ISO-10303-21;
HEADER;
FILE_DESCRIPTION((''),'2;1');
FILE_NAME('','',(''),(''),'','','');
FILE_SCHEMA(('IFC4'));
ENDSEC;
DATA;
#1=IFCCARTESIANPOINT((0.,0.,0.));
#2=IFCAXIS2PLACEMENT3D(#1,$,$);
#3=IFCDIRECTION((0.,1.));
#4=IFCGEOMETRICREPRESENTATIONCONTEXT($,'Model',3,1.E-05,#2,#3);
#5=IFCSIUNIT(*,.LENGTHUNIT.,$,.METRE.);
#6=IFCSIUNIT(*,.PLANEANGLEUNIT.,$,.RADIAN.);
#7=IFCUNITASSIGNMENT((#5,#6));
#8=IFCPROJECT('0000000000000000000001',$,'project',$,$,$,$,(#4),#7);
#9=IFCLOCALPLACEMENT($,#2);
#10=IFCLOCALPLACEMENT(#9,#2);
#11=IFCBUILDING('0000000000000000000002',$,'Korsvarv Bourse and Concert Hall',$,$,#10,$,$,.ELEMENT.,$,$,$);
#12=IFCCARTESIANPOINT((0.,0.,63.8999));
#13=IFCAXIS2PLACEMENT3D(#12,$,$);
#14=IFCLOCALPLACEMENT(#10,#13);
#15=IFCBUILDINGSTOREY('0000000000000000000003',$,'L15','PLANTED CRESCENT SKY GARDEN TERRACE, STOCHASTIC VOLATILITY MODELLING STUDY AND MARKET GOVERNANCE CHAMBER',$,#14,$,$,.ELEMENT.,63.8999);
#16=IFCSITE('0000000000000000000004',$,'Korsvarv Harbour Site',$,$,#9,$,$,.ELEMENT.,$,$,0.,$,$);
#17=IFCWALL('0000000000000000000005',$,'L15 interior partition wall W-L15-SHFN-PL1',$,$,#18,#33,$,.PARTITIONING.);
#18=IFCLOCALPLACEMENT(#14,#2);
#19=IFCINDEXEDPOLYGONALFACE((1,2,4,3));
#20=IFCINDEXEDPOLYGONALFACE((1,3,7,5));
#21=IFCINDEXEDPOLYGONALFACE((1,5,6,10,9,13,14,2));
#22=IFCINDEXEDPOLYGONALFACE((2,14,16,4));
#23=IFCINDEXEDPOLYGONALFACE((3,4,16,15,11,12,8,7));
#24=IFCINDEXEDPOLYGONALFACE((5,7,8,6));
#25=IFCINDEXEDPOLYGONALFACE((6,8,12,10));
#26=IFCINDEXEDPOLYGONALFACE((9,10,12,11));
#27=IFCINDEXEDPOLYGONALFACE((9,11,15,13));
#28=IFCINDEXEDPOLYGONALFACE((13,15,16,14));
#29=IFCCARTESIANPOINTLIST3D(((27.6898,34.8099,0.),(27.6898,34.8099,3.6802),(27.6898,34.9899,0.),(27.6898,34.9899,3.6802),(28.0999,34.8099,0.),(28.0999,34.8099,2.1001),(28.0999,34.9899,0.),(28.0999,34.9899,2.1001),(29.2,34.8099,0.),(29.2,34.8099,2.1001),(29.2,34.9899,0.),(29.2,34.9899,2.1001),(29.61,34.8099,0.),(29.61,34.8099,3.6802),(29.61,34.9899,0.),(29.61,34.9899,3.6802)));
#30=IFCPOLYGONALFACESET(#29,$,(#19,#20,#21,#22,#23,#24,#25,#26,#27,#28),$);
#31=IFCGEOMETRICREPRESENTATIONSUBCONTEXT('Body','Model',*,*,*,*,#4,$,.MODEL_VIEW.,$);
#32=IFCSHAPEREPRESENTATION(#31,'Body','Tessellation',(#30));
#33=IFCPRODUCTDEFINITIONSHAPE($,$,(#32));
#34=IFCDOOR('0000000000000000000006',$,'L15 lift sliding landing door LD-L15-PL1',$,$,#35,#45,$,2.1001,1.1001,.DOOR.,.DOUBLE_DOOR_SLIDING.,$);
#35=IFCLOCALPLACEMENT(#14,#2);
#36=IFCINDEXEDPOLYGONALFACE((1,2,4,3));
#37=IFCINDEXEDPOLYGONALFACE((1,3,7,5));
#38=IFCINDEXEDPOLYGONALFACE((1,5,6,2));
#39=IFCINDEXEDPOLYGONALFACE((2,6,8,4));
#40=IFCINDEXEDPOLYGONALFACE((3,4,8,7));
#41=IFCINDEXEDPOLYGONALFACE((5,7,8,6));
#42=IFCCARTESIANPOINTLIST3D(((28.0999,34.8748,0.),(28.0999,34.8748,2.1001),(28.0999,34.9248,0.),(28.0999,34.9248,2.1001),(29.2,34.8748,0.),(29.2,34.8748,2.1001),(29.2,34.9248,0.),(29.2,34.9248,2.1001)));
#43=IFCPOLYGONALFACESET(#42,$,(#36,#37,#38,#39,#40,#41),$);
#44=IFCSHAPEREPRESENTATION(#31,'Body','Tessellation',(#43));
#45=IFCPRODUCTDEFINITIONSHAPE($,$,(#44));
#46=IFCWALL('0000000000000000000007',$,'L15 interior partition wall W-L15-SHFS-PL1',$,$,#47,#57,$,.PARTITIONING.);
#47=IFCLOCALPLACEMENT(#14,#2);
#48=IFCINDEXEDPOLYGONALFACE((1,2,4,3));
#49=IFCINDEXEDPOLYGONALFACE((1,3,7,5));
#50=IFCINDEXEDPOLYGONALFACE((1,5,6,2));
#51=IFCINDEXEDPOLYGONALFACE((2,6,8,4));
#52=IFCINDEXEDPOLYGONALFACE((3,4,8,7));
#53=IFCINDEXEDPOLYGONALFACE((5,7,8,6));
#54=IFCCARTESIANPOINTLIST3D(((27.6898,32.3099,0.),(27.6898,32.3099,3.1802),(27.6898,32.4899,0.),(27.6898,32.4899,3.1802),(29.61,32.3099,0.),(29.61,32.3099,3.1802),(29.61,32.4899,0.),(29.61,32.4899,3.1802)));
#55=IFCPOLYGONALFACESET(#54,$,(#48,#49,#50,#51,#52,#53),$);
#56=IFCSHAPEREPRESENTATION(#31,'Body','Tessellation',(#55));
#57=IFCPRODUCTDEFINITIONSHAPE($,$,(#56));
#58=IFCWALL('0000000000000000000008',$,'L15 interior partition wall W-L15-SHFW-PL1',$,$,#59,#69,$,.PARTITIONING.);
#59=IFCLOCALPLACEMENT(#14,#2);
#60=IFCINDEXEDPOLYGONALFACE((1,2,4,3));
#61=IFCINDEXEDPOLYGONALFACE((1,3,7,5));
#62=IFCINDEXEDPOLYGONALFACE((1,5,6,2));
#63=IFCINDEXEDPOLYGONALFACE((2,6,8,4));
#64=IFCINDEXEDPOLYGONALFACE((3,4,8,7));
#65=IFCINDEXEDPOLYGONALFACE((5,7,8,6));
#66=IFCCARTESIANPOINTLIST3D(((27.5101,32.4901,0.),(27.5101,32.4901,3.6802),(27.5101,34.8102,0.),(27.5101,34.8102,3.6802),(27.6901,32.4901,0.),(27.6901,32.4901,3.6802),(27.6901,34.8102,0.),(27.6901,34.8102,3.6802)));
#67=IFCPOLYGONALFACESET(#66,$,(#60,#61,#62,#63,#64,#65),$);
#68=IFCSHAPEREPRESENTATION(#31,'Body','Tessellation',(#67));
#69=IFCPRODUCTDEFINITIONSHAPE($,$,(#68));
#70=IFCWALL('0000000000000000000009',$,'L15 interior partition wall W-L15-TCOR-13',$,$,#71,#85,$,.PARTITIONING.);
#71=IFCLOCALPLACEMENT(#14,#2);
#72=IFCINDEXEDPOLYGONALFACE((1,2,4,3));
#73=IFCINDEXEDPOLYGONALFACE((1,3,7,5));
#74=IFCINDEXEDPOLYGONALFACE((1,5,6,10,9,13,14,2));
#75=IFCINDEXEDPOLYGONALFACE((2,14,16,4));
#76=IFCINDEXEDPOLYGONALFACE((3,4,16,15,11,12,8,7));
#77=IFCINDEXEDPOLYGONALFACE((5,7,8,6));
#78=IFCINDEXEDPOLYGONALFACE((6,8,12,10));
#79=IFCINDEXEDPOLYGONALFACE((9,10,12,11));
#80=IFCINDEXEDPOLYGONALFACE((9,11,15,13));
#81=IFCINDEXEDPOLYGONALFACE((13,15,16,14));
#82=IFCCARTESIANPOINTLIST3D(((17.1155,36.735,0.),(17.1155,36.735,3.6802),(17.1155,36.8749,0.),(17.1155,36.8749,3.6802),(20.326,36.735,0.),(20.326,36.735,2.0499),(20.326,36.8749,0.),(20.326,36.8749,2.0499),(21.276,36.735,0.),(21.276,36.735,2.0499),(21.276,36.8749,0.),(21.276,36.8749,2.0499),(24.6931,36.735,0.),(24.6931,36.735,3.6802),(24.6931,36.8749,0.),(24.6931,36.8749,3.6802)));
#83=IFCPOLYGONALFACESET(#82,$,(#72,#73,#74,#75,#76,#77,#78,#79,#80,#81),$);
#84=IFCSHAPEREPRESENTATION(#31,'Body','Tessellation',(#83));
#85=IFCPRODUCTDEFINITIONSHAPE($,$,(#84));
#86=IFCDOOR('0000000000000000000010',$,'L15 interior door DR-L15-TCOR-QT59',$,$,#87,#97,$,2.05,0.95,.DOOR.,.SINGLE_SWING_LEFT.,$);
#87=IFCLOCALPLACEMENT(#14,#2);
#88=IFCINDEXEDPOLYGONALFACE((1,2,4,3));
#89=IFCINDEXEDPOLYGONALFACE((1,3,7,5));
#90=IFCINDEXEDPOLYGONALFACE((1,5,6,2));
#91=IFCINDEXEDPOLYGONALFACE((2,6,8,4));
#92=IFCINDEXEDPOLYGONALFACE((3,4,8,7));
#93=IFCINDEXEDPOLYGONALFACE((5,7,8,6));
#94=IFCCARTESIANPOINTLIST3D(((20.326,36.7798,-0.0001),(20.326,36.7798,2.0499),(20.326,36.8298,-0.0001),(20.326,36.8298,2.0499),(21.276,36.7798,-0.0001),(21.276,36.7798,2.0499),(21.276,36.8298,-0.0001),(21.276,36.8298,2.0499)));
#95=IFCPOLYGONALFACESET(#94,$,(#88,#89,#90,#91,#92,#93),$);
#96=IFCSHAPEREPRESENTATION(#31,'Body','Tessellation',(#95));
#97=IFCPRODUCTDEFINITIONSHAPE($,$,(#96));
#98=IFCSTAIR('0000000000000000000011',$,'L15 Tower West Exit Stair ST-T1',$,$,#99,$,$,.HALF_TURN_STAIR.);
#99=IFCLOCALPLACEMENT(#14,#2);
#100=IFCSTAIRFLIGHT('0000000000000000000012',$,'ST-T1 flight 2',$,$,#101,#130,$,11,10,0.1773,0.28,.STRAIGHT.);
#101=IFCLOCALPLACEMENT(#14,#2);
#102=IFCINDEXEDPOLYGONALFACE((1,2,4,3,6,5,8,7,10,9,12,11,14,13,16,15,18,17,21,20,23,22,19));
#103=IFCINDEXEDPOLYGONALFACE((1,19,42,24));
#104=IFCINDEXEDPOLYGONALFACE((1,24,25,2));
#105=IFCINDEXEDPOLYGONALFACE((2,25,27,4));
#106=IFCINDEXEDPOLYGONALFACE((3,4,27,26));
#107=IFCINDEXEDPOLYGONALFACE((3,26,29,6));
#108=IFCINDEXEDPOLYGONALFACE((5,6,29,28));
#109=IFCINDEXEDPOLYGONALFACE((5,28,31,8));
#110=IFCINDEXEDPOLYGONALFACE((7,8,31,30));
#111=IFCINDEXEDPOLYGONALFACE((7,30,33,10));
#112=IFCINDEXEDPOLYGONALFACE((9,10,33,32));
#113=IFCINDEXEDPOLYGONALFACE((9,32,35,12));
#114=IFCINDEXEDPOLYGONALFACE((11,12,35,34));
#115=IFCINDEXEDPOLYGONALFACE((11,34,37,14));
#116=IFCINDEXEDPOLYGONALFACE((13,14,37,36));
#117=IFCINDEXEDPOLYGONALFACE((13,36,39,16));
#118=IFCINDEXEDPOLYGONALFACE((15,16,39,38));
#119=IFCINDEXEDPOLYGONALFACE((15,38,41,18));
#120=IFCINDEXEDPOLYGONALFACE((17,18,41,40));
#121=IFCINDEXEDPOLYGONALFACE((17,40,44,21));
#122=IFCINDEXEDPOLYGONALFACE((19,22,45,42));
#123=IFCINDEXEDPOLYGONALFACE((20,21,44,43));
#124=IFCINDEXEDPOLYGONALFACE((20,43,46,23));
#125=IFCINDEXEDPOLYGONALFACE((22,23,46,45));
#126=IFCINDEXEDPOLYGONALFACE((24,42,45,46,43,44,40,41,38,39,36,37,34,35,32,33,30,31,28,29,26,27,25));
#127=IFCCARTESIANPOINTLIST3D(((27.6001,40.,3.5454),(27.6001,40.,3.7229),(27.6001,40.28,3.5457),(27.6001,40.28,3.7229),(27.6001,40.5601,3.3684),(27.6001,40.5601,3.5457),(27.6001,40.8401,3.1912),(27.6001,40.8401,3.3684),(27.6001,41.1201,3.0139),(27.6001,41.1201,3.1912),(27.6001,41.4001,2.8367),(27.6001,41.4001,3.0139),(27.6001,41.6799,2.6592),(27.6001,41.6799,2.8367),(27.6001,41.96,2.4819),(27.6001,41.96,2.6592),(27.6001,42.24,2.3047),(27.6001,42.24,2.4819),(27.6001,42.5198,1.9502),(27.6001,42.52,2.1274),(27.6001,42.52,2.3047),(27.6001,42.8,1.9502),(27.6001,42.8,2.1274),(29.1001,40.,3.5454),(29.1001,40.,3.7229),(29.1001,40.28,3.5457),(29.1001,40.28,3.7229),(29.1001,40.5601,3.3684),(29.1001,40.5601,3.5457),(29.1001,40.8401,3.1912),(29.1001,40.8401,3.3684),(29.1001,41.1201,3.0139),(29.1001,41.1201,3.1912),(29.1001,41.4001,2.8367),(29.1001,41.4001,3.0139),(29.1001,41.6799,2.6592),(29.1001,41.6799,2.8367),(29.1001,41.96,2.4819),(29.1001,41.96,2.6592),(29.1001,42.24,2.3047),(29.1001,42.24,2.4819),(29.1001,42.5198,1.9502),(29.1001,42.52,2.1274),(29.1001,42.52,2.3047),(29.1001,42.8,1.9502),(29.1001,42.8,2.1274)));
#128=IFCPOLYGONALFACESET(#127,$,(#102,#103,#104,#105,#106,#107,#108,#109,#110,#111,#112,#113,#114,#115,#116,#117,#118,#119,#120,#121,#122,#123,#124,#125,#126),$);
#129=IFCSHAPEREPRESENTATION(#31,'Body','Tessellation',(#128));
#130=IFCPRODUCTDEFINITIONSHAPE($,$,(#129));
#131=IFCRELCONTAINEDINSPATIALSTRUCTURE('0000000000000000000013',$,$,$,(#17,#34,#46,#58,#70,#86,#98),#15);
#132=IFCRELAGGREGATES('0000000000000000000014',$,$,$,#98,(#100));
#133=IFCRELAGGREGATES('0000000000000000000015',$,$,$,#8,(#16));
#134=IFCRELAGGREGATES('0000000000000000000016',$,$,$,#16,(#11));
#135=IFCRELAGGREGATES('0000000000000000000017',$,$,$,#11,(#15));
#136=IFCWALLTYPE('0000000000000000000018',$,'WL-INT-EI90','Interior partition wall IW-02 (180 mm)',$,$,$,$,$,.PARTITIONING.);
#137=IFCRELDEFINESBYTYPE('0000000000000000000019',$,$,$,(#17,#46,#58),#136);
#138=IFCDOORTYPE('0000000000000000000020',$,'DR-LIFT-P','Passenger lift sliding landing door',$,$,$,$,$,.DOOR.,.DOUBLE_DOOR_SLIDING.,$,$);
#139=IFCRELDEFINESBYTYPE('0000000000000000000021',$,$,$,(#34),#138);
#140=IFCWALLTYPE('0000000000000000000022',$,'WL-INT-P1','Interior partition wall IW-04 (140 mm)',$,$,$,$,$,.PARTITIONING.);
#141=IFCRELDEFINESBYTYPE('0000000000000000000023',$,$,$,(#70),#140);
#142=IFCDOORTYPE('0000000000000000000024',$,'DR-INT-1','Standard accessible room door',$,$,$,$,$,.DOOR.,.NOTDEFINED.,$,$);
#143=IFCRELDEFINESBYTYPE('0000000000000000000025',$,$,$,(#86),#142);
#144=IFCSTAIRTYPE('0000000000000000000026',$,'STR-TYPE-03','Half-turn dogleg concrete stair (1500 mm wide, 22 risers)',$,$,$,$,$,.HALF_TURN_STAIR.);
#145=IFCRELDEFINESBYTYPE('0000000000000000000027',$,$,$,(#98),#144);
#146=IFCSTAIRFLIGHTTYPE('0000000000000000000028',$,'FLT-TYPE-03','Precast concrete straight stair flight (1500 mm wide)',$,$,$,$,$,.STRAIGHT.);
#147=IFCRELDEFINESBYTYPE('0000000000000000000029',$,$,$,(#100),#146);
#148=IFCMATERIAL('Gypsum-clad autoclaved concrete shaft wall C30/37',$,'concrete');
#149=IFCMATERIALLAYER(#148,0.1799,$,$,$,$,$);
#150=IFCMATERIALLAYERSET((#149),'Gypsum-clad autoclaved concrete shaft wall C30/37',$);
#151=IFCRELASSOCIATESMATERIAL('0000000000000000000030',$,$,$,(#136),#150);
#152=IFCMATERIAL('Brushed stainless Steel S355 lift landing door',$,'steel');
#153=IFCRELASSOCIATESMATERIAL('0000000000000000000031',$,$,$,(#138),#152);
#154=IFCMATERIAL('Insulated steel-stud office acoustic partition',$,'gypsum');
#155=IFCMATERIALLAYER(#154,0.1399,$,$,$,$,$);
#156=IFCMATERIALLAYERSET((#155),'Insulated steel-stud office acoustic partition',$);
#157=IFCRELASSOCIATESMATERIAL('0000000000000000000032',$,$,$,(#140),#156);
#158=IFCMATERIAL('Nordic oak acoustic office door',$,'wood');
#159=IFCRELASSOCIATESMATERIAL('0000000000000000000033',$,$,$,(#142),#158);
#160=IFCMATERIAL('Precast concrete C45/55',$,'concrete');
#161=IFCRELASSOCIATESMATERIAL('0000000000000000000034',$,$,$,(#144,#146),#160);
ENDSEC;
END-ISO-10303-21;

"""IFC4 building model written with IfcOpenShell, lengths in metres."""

from ifc_helpers import new_model, si_unit, direction, frame, frame_2d, origin, place, context, subcontext, project, spatial, polyline, rectangle, outline, extrude, material, layer, layer_set, type_object, element, fill, aggregate, save


model = new_model("IFC4")

# Units and contexts
model_context = context("Model", 3, precision=1e-05, world=origin(), true_north=direction((0.0, 1.0)))
body_context = subcontext(model_context, "Body", "Model", "MODEL_VIEW")
ifc_project = project(units=[si_unit("LENGTHUNIT", "METRE"), si_unit("PLANEANGLEUNIT", "RADIAN")], contexts=[model_context])

# Site, building, storey
site_placement = place(None, origin())
site = spatial("IfcSite", under=ifc_project, at=site_placement, Name="Korsvarv Harbour Site", CompositionType="ELEMENT", RefElevation=0.0)
building_placement = place(site_placement, origin())
building = spatial("IfcBuilding", under=site, at=building_placement, Name="Korsvarv Bourse and Concert Hall", CompositionType="ELEMENT")
storey_placement = place(building_placement, frame((0.0, 0.0, 63.8999)))
storey = spatial("IfcBuildingStorey", under=building, at=storey_placement, Name="L15", Description="PLANTED CRESCENT SKY GARDEN TERRACE, STOCHASTIC VOLATILITY MODELLING STUDY AND MARKET GOVERNANCE CHAMBER", CompositionType="ELEMENT", Elevation=63.8999)

# Wall, opening, door
ifc_material_1 = material(Name="Gypsum-clad autoclaved concrete shaft wall C30/37", Category="concrete")
ifc_layer_1 = layer(ifc_material_1, 0.1799)
ifc_layer_set_1 = layer_set([ifc_layer_1], Name="Gypsum-clad autoclaved concrete shaft wall C30/37")
wall_type_1 = type_object("IfcWallType", Name="WL-INT-EI90", Description="Interior partition wall IW-02 (180 mm)", PredefinedType="PARTITIONING", material=ifc_layer_set_1)
wall_1_placement = place(storey_placement, frame((27.6899, 34.8999, 0.0), z_axis=(0.0, 0.0, 1.0), x_axis=(1.0, 0.0, 0.0)))
wall_1 = element("IfcWall", 1, at=wall_1_placement, inside=storey, type_object=wall_type_1, Name="L15 interior partition wall W-L15-SHFN-PL1", PredefinedType="PARTITIONING", context=body_context, shape_type="SweptSolid", body=[
    extrude(rectangle(XDim=1.9202, YDim=0.1799, at=frame_2d((0.96, 0.0))), origin(), (0.0, 0.0, 1.0), 3.6802),
])
opening_1_placement = place(wall_1_placement, frame((0.4099, 0.0, 0.0)))
opening_1 = element("IfcOpeningElement", 2, at=opening_1_placement, cuts=wall_1, PredefinedType="OPENING", context=body_context, shape_type="SweptSolid", body=[
    extrude(rectangle(XDim=1.1001, YDim=2.1001, at=frame_2d((0.55, 1.05))), frame((0.0, 0.1001, 0.0), z_axis=(0.0, -1.0, 0.0), x_axis=(1.0, 0.0, 0.0)), (0.0, 0.0, 1.0), 0.2),
])
ifc_material_2 = material(Name="Brushed stainless Steel S355 lift landing door", Category="steel")
door_type_1 = type_object("IfcDoorType", Name="DR-LIFT-P", Description="Passenger lift sliding landing door", OperationType="DOUBLE_DOOR_SLIDING", PredefinedType="DOOR", material=ifc_material_2)
door_1_placement = place(opening_1_placement, origin())
door_1 = element("IfcDoor", 3, at=door_1_placement, inside=storey, type_object=door_type_1, Name="L15 lift sliding landing door LD-L15-PL1", OperationType="DOUBLE_DOOR_SLIDING", OverallHeight=2.1001, OverallWidth=1.1001, PredefinedType="DOOR", context=body_context, shape_type="SweptSolid", body=[
    extrude(rectangle(XDim=1.1001, YDim=2.1001, at=frame_2d((0.55, 1.05))), frame((0.0, 0.0249, 0.0), z_axis=(0.0, -1.0, 0.0), x_axis=(1.0, 0.0, 0.0)), (0.0, 0.0, 1.0), 0.05),
])
fill(opening_1, door_1)

# Walls
wall_2_placement = place(storey_placement, frame((27.6899, 32.3999, 0.0), z_axis=(0.0, 0.0, 1.0), x_axis=(1.0, 0.0, 0.0)))
element("IfcWall", 4, at=wall_2_placement, inside=storey, type_object=wall_type_1, Name="L15 interior partition wall W-L15-SHFS-PL1", PredefinedType="PARTITIONING", context=body_context, shape_type="SweptSolid", body=[
    extrude(rectangle(XDim=1.9202, YDim=0.1799, at=frame_2d((0.96, 0.0))), origin(), (0.0, 0.0, 1.0), 3.1802),
])
wall_3_placement = place(storey_placement, frame((27.6001, 32.49, 0.0), z_axis=(0.0, 0.0, 1.0), x_axis=(0.0, 1.0, 0.0)))
element("IfcWall", 5, at=wall_3_placement, inside=storey, type_object=wall_type_1, Name="L15 interior partition wall W-L15-SHFW-PL1", PredefinedType="PARTITIONING", context=body_context, shape_type="SweptSolid", body=[
    extrude(rectangle(XDim=2.3201, YDim=0.1799, at=frame_2d((1.1602, 0.0))), origin(), (0.0, 0.0, 1.0), 3.6802),
])

# Wall, opening, door
ifc_material_3 = material(Name="Insulated steel-stud office acoustic partition", Category="gypsum")
ifc_layer_2 = layer(ifc_material_3, 0.1399)
ifc_layer_set_2 = layer_set([ifc_layer_2], Name="Insulated steel-stud office acoustic partition")
wall_type_2 = type_object("IfcWallType", Name="WL-INT-P1", Description="Interior partition wall IW-04 (140 mm)", PredefinedType="PARTITIONING", material=ifc_layer_set_2)
wall_4_placement = place(storey_placement, frame((17.1155, 36.8049, 0.0), z_axis=(0.0, 0.0, 1.0), x_axis=(1.0, 0.0, 0.0)))
wall_4 = element("IfcWall", 6, at=wall_4_placement, inside=storey, type_object=wall_type_2, Name="L15 interior partition wall W-L15-TCOR-13", PredefinedType="PARTITIONING", context=body_context, shape_type="SweptSolid", body=[
    extrude(rectangle(XDim=7.5776, YDim=0.1399, at=frame_2d((3.7888, 0.0))), origin(), (0.0, 0.0, 1.0), 3.6802),
])
opening_2_placement = place(wall_4_placement, frame((3.2104, 0.0, 0.0)))
opening_2 = element("IfcOpeningElement", 7, at=opening_2_placement, cuts=wall_4, PredefinedType="OPENING", context=body_context, shape_type="SweptSolid", body=[
    extrude(rectangle(XDim=0.95, YDim=2.05, at=frame_2d((0.4751, 1.0249))), frame((0.0, 0.0801, 0.0), z_axis=(0.0, -1.0, 0.0), x_axis=(1.0, 0.0, 0.0)), (0.0, 0.0, 1.0), 0.1599),
])
ifc_material_4 = material(Name="Nordic oak acoustic office door", Category="wood")
door_type_2 = type_object("IfcDoorType", Name="DR-INT-1", Description="Standard accessible room door", OperationType="NOTDEFINED", PredefinedType="DOOR", material=ifc_material_4)
door_2_placement = place(opening_2_placement, origin())
door_2 = element("IfcDoor", 8, at=door_2_placement, inside=storey, type_object=door_type_2, Name="L15 interior door DR-L15-TCOR-QT59", OperationType="SINGLE_SWING_LEFT", OverallHeight=2.05, OverallWidth=0.95, PredefinedType="DOOR", context=body_context, shape_type="SweptSolid", body=[
    extrude(rectangle(XDim=0.95, YDim=2.05, at=frame_2d((0.4751, 1.0249))), frame((0.0, 0.0249, 0.0), z_axis=(0.0, -1.0, 0.0), x_axis=(1.0, 0.0, 0.0)), (0.0, 0.0, 1.0), 0.05),
])
fill(opening_2, door_2)

# Stair, stair flight
ifc_material_5 = material(Name="Precast concrete C45/55", Category="concrete")
stair_type = type_object("IfcStairType", Name="STR-TYPE-03", Description="Half-turn dogleg concrete stair (1500 mm wide, 22 risers)", PredefinedType="HALF_TURN_STAIR", material=ifc_material_5)
stair_placement = place(storey_placement, origin())
stair = element("IfcStair", 9, at=stair_placement, inside=storey, type_object=stair_type, Name="L15 Tower West Exit Stair ST-T1", PredefinedType="HALF_TURN_STAIR")
stair_flight_type = type_object("IfcStairFlightType", Name="FLT-TYPE-03", Description="Precast concrete straight stair flight (1500 mm wide)", PredefinedType="STRAIGHT", material=ifc_material_5)
stair_flight_placement = place(storey_placement, frame((28.3501, 42.8, 1.9502), z_axis=(0.0, 0.0, 1.0), x_axis=(0.0, -1.0, 0.0)))
stair_flight = element("IfcStairFlight", 10, at=stair_flight_placement, type_object=stair_flight_type, Name="ST-T1 flight 2", NumberOfRisers=11, NumberOfTreads=10, PredefinedType="STRAIGHT", RiserHeight=0.1773, TreadLength=0.28, context=body_context, shape_type="SweptSolid", body=[
    extrude(outline(polyline([(0.0, 0.0), (0.0, 0.1772), (0.28, 0.1772), (0.28, 0.3545), (0.5601, 0.3545), (0.5601, 0.5317), (0.8401, 0.5317), (0.8401, 0.709), (1.1201, 0.709), (1.1201, 0.8865), (1.3999, 0.8865), (1.3999, 1.0637), (1.6799, 1.0637), (1.6799, 1.241), (1.96, 1.241), (1.96, 1.4182), (2.24, 1.4182), (2.24, 1.5955), (2.52, 1.5955), (2.52, 1.7727), (2.8, 1.7727), (2.8, 1.95), (2.8, 1.5952), (0.2803, 0.0), (0.0, 0.0)])), frame((0.0, 0.75, 0.0), z_axis=(0.0, -1.0, 0.0), x_axis=(1.0, 0.0, 0.0)), (0.0, 0.0, 1.0), 1.5),
])
aggregate(stair, [stair_flight])

save(model, "model.ifc")
